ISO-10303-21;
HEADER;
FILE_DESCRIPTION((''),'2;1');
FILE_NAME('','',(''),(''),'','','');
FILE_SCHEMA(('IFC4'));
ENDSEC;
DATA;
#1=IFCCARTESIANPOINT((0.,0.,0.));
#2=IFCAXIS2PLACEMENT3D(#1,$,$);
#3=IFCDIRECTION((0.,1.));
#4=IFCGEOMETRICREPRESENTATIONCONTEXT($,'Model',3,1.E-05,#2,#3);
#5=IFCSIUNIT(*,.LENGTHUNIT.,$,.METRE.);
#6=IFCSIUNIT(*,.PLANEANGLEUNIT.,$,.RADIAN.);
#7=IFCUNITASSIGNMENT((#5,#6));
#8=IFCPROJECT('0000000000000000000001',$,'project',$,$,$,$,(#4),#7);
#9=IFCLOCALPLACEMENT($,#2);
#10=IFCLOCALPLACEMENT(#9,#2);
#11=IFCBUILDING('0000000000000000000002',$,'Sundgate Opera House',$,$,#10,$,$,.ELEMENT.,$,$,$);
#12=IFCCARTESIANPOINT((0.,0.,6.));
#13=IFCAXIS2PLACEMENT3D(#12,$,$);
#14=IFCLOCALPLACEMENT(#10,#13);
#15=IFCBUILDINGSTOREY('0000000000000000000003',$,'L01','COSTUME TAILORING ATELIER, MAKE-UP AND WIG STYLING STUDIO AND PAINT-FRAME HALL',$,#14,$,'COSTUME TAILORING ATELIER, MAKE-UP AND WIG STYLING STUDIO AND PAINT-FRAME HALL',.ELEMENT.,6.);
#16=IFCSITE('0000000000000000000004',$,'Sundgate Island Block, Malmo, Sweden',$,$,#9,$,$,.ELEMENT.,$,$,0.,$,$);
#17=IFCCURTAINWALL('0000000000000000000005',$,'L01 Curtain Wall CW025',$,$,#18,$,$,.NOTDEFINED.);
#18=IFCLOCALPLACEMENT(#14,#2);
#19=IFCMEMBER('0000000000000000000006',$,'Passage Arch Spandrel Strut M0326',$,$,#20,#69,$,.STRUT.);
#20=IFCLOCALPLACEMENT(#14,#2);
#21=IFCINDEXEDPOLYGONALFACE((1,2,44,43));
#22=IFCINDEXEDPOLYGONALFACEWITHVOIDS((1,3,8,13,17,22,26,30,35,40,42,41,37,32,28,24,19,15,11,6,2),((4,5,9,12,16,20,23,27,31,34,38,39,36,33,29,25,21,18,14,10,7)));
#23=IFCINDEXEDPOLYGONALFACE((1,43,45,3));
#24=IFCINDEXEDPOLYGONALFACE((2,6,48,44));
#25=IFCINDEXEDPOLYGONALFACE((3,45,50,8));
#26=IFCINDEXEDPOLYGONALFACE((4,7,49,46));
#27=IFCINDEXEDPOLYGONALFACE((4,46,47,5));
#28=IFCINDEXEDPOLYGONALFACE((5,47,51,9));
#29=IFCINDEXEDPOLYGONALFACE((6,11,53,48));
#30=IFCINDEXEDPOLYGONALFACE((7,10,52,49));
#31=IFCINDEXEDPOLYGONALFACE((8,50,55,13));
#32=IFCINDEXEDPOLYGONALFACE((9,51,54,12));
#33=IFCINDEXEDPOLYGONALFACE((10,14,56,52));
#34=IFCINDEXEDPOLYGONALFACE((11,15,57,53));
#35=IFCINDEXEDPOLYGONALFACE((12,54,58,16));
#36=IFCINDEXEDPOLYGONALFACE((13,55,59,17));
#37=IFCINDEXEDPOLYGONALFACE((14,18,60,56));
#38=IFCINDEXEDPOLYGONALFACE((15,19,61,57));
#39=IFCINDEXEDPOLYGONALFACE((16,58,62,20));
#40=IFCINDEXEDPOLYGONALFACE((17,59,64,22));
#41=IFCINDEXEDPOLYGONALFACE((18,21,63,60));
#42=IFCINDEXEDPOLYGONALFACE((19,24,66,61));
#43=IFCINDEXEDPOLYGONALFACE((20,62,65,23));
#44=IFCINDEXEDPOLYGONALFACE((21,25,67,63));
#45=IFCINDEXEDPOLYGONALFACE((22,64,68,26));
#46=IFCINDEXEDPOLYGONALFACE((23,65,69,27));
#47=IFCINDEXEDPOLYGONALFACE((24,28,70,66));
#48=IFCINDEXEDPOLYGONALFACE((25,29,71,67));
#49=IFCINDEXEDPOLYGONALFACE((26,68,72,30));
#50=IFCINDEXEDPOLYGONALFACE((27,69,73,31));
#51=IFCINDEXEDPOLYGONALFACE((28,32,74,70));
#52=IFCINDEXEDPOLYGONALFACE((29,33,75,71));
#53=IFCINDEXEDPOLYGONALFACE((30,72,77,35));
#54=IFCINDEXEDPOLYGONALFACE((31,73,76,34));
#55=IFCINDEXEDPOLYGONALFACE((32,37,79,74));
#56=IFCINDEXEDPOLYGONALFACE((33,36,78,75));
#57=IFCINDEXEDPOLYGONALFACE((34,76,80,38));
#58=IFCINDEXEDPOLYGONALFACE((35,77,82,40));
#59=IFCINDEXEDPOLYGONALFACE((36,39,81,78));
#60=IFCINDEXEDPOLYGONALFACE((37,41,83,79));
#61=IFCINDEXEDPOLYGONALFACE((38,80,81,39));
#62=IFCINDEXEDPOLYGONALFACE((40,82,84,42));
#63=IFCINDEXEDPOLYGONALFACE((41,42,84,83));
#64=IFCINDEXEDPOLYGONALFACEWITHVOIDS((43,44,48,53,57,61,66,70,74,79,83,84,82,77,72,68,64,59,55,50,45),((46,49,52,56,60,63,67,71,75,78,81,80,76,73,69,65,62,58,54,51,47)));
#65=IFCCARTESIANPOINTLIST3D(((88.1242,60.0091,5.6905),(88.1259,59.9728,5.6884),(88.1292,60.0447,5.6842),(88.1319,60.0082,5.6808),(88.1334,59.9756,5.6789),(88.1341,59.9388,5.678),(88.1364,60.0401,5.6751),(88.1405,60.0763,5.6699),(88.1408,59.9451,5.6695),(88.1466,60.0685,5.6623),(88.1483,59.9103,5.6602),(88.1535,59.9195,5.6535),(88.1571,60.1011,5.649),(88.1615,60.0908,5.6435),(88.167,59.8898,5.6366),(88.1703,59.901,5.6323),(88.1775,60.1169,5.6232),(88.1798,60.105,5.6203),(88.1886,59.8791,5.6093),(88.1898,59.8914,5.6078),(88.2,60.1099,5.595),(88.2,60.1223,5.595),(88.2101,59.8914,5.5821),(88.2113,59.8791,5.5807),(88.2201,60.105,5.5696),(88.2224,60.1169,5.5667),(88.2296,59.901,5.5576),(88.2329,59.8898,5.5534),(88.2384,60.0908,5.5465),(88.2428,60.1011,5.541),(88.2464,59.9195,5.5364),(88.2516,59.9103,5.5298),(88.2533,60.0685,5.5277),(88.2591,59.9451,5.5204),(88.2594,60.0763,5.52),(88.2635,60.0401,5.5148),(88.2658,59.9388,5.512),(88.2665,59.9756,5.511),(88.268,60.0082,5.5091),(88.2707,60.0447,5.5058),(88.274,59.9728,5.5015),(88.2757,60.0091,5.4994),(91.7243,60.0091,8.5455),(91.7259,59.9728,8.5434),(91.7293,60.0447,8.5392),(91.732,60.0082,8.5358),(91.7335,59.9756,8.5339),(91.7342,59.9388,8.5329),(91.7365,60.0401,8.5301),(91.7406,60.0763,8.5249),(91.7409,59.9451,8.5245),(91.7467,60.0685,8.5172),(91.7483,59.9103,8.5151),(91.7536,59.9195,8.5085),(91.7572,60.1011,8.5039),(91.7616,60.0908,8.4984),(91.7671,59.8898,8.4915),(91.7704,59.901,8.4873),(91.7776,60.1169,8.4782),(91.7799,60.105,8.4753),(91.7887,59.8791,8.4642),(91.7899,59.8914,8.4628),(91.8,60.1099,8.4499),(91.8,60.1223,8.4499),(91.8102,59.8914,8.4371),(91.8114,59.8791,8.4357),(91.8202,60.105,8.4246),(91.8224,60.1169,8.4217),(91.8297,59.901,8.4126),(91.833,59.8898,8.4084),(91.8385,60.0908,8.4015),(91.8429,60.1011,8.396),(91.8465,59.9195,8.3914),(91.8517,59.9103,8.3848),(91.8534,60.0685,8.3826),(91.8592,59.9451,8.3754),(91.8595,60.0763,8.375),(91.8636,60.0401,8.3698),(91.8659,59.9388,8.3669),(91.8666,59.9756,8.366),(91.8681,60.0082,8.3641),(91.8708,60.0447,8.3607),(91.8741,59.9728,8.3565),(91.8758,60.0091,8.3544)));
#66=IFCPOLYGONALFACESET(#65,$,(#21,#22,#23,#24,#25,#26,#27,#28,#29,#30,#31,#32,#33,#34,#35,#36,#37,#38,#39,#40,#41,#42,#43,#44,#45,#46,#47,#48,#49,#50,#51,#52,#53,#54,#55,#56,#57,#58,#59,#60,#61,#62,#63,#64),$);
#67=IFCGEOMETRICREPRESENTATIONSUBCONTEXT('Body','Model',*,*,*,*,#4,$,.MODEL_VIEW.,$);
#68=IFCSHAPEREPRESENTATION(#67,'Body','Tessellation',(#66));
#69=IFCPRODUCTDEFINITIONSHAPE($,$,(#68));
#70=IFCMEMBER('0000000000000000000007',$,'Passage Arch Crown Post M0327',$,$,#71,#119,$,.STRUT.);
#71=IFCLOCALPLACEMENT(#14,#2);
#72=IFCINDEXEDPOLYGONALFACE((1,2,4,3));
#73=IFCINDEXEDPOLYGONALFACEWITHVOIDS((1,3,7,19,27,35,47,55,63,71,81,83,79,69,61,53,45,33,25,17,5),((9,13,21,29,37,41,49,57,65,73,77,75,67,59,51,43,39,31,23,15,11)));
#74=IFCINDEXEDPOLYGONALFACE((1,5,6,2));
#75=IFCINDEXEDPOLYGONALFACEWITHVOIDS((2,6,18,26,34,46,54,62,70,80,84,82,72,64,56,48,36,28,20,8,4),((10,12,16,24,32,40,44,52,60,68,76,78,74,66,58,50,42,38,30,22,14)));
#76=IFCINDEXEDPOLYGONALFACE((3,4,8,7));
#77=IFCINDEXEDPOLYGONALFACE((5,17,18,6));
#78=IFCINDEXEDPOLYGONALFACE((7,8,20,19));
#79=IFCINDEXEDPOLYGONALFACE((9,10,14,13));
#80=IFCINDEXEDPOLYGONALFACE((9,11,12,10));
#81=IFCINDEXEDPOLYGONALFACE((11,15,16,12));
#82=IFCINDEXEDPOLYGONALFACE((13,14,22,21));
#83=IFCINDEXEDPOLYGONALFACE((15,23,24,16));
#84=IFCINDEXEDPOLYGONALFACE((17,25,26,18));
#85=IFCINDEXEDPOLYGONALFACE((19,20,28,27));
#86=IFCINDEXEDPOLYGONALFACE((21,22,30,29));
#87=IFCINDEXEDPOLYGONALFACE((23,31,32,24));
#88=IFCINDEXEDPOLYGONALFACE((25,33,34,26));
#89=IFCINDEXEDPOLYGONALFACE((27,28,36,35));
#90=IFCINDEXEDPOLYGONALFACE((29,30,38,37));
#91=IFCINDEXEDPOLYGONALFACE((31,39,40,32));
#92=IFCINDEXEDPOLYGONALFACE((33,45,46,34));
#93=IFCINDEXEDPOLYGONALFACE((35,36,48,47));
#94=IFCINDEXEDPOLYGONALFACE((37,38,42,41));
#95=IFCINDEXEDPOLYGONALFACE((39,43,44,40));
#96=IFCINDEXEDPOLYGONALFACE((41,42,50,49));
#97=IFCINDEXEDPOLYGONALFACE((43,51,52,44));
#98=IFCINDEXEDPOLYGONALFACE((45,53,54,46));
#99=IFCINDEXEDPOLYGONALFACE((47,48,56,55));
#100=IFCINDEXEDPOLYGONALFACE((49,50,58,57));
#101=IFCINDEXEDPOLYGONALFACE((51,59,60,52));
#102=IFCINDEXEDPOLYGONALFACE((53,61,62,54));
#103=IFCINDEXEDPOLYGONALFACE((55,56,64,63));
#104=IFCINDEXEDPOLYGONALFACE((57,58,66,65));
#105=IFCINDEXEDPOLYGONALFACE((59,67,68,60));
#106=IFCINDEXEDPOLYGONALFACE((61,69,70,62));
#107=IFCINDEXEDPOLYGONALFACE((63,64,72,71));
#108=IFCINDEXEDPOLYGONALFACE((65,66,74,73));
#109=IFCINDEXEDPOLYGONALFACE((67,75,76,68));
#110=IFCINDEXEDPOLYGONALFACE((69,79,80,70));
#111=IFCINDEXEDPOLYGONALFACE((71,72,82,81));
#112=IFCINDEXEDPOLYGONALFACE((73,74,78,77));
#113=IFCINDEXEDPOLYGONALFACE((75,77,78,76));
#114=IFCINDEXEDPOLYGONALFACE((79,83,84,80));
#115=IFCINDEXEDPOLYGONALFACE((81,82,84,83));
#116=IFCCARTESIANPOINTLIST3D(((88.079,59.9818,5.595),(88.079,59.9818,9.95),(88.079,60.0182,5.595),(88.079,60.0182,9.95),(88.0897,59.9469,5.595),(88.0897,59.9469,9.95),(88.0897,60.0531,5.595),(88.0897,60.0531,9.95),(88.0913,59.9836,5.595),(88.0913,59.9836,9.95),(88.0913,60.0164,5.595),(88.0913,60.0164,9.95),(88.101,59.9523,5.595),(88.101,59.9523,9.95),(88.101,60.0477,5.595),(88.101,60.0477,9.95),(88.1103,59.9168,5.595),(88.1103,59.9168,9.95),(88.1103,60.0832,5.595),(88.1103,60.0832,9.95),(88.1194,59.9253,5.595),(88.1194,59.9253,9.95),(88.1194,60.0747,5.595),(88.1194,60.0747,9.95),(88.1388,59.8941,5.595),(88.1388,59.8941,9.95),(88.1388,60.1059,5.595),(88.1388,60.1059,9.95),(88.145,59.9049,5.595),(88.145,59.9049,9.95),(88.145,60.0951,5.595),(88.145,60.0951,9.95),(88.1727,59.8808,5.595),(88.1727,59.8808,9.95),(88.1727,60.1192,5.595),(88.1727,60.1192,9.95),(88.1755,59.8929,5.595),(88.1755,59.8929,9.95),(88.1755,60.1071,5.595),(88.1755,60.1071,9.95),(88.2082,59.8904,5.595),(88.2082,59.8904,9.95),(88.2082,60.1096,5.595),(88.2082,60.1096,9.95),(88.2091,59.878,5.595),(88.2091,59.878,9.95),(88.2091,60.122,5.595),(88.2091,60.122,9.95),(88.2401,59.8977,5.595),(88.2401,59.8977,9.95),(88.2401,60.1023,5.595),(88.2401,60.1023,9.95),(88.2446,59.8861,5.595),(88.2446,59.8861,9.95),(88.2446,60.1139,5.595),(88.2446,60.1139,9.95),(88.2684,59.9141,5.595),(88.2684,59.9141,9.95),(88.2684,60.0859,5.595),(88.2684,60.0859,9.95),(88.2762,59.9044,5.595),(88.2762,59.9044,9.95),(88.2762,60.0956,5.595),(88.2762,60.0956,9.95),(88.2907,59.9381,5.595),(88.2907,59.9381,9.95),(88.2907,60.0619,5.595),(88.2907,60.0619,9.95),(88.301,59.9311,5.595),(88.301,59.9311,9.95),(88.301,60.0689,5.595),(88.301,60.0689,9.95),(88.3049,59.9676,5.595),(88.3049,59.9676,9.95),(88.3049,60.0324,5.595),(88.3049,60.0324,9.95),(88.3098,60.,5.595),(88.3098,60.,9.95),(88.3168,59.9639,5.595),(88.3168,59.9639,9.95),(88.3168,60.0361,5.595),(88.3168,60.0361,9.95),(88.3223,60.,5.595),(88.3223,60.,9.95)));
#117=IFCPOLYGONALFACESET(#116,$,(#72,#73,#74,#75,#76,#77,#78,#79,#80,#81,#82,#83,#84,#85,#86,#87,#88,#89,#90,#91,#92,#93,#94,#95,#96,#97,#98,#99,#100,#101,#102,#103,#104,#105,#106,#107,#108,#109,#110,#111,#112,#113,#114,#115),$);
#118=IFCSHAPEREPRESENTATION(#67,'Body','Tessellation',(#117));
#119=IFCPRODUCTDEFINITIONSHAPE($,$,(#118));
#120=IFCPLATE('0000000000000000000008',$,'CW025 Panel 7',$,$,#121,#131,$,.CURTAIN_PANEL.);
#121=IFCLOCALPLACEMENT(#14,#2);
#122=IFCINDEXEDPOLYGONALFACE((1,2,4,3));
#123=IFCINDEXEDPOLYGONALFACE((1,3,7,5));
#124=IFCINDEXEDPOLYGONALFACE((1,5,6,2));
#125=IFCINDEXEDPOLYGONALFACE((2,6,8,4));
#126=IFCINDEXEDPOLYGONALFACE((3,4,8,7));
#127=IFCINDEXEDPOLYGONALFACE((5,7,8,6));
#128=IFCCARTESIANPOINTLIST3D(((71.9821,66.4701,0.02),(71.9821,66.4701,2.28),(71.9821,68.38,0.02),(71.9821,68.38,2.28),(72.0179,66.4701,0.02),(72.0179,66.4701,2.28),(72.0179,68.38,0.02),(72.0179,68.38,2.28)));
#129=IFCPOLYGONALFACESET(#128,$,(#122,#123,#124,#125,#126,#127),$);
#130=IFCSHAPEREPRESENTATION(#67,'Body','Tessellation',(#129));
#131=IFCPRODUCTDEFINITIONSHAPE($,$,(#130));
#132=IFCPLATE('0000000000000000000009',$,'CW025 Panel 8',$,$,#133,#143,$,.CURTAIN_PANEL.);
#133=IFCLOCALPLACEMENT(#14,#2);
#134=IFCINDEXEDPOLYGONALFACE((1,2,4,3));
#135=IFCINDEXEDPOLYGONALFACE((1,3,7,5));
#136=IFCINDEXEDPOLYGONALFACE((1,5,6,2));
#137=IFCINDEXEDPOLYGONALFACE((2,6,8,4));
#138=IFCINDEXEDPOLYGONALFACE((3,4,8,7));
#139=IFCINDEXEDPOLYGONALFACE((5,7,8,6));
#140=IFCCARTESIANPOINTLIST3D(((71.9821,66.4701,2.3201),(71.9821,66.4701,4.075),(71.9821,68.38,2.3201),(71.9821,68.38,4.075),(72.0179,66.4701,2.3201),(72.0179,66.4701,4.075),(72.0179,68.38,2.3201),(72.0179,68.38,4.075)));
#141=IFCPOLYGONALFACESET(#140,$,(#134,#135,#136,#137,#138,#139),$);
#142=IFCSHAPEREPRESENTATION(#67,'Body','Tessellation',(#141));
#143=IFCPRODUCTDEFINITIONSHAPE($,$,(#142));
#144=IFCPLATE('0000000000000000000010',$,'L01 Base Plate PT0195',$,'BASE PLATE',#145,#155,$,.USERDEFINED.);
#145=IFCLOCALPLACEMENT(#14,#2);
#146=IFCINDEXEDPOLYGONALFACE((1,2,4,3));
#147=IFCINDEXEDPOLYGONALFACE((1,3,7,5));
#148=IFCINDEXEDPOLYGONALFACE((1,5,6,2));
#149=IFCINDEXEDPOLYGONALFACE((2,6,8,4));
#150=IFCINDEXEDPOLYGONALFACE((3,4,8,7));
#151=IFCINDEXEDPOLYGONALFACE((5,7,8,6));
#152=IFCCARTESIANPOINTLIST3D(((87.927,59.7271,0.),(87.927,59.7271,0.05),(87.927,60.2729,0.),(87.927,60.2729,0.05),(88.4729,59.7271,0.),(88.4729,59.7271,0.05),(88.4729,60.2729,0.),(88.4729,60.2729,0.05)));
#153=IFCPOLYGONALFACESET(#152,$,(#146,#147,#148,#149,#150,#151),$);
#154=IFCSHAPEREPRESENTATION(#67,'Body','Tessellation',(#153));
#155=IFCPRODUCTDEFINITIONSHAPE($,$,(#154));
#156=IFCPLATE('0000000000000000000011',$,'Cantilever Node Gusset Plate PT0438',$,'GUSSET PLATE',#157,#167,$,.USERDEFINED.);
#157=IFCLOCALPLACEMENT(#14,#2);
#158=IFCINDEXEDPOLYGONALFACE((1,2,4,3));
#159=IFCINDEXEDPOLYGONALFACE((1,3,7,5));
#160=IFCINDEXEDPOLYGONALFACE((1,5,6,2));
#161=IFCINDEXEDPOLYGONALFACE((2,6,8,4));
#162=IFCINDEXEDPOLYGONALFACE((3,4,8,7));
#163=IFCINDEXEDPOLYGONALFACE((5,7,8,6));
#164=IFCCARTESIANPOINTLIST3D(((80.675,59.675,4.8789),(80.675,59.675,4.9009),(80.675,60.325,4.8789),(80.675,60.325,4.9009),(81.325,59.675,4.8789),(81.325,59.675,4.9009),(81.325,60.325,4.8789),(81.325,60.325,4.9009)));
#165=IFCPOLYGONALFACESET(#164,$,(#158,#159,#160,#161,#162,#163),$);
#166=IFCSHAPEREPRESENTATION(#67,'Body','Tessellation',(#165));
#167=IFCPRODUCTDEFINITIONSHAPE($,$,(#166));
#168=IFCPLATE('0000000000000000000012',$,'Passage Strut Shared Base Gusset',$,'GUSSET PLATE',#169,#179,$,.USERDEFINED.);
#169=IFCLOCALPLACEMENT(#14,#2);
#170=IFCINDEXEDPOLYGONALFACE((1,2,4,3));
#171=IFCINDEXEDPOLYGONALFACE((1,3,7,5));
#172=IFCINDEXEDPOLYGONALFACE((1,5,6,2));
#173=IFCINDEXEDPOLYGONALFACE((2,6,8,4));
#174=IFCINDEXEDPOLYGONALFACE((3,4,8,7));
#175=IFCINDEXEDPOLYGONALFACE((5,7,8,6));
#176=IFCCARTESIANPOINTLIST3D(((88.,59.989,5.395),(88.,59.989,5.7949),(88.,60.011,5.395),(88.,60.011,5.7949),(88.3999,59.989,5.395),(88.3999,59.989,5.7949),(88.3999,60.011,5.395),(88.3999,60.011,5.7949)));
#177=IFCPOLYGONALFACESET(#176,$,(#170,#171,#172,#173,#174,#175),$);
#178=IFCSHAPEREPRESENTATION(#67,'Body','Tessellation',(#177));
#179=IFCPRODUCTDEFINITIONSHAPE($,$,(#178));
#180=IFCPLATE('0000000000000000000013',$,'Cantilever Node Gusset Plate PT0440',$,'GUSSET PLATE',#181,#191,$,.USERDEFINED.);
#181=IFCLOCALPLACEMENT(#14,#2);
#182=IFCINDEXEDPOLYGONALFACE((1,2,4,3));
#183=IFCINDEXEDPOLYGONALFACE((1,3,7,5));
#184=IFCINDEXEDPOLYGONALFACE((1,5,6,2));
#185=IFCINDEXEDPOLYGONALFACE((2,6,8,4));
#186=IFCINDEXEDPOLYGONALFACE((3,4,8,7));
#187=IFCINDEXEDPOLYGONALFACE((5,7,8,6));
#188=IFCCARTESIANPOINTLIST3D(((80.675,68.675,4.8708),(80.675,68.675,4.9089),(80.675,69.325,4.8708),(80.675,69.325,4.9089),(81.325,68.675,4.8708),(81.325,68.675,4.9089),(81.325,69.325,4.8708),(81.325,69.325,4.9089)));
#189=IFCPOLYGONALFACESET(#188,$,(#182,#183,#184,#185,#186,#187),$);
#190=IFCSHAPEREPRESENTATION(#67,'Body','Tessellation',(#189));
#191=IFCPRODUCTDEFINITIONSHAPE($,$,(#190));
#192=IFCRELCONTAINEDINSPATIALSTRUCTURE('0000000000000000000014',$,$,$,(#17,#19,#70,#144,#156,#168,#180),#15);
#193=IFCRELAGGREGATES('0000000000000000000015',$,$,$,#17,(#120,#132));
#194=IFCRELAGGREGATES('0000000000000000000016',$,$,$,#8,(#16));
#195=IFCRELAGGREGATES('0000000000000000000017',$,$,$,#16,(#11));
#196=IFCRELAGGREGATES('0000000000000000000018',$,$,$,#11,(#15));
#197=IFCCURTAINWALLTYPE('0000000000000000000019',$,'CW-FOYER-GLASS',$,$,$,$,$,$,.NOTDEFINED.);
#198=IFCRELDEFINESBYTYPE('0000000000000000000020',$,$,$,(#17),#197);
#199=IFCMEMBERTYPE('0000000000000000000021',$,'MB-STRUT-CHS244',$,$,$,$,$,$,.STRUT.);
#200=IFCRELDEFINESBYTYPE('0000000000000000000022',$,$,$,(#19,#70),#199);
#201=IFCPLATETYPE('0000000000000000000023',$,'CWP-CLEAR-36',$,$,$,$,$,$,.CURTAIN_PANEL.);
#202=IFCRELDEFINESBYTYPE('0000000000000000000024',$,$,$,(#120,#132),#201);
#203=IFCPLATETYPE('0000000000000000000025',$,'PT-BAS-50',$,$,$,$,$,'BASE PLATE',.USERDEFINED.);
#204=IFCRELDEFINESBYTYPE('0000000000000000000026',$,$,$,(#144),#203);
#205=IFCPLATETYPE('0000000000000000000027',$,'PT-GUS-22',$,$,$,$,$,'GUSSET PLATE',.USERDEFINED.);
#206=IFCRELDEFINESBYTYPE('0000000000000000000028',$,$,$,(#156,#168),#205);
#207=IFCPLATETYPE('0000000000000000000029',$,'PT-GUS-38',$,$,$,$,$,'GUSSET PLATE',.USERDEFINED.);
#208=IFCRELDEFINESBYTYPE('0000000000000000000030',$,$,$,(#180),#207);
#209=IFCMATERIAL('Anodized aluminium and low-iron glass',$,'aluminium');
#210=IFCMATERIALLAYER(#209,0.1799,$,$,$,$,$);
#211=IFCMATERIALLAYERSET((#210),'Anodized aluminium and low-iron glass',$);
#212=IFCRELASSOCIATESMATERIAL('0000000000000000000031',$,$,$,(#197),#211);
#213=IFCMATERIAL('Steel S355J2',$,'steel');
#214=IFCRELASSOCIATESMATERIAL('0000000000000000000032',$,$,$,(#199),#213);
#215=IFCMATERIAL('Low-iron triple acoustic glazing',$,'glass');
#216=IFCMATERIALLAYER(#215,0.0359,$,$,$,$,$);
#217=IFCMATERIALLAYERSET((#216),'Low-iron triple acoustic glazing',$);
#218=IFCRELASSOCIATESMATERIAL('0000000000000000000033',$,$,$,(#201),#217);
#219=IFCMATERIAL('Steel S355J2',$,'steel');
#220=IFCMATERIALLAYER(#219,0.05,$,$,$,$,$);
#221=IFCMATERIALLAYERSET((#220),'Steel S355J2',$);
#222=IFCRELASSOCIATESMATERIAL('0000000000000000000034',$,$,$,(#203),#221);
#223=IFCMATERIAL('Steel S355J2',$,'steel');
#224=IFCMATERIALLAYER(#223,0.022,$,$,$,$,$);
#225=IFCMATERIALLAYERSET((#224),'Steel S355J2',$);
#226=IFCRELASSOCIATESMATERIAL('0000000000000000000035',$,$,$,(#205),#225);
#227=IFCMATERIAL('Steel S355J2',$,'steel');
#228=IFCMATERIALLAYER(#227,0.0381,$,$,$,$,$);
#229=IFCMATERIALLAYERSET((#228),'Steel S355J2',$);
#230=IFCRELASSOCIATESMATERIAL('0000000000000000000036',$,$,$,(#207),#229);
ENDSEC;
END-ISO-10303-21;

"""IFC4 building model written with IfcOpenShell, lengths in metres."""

from ifc_helpers import new_model, si_unit, direction, frame, origin, origin_2d, place, context, subcontext, project, spatial, rectangle, hollow_circle, extrude, material, layer, layer_set, material_profile, profile_set, type_object, element, aggregate, save


model = new_model("IFC4")

# Units and contexts
model_context = context("Model", 3, precision=1e-05, world=origin(), true_north=direction((0.0, 1.0)))
body_context = subcontext(model_context, "Body", "Model", "MODEL_VIEW")
ifc_project = project(units=[si_unit("LENGTHUNIT", "METRE"), si_unit("PLANEANGLEUNIT", "RADIAN")], contexts=[model_context])

# Site, building, storey
site_placement = place(None, origin())
site = spatial("IfcSite", under=ifc_project, at=site_placement, Name="Sundgate Island Block, Malmo, Sweden", CompositionType="ELEMENT", RefElevation=0.0)
building_placement = place(site_placement, origin())
building = spatial("IfcBuilding", under=site, at=building_placement, Name="Sundgate Opera House", CompositionType="ELEMENT")
storey_placement = place(building_placement, frame((0.0, 0.0, 6.0)))
storey = spatial("IfcBuildingStorey", under=building, at=storey_placement, Name="L01", Description="COSTUME TAILORING ATELIER, MAKE-UP AND WIG STYLING STUDIO AND PAINT-FRAME HALL", LongName="COSTUME TAILORING ATELIER, MAKE-UP AND WIG STYLING STUDIO AND PAINT-FRAME HALL", CompositionType="ELEMENT", Elevation=6.0)

# Curtain wall
ifc_material_1 = material(Name="Anodized aluminium and low-iron glass", Category="aluminium")
ifc_layer_1 = layer(ifc_material_1, 0.1799)
ifc_layer_set_1 = layer_set([ifc_layer_1], Name="Anodized aluminium and low-iron glass")
curtain_wall_type = type_object("IfcCurtainWallType", Name="CW-FOYER-GLASS", PredefinedType="NOTDEFINED", material=ifc_layer_set_1)
curtain_wall_1_placement = place(storey_placement, origin())
curtain_wall_1 = element("IfcCurtainWall", 1, at=curtain_wall_1_placement, inside=storey, type_object=curtain_wall_type, Name="L01 Curtain Wall CW025", PredefinedType="NOTDEFINED")

# Members
ifc_material_2 = material(Name="Steel S355J2", Category="steel")
ifc_material_profile_1 = material_profile(ifc_material_2, hollow_circle(Radius=0.1223, WallThickness=0.0125, at=origin_2d()), Name="CHS 244.5x12.5")
ifc_profile_set_1 = profile_set([ifc_material_profile_1], Name="Steel S355J2")
member_type_1 = type_object("IfcMemberType", Name="MB-STRUT-CHS244", PredefinedType="STRUT", material=ifc_profile_set_1)
member_1_placement = place(storey_placement, frame((88.2, 60.0, 5.595), z_axis=(0.783526, 0.0, 0.621359), x_axis=(0.0, 1.0, 0.0)))
element("IfcMember", 2, at=member_1_placement, inside=storey, type_object=member_type_1, Name="Passage Arch Spandrel Strut M0326", PredefinedType="STRUT", context=body_context, shape_type="SweptSolid", body=[
    extrude(hollow_circle(Radius=0.1223, WallThickness=0.0125, at=origin_2d()), origin(), (0.0, 0.0, 1.0), 4.5947),
])
member_2_placement = place(storey_placement, frame((88.2, 60.0, 5.595), z_axis=(0.0, 0.0, 1.0), x_axis=(1.0, 0.0, 0.0)))
element("IfcMember", 3, at=member_2_placement, inside=storey, type_object=member_type_1, Name="Passage Arch Crown Post M0327", PredefinedType="STRUT", context=body_context, shape_type="SweptSolid", body=[
    extrude(hollow_circle(Radius=0.1223, WallThickness=0.0125, at=origin_2d()), origin(), (0.0, 0.0, 1.0), 4.355),
])

# Plates
ifc_material_3 = material(Name="Low-iron triple acoustic glazing", Category="glass")
ifc_layer_2 = layer(ifc_material_3, 0.0359)
ifc_layer_set_2 = layer_set([ifc_layer_2], Name="Low-iron triple acoustic glazing")
plate_type_1 = type_object("IfcPlateType", Name="CWP-CLEAR-36", PredefinedType="CURTAIN_PANEL", material=ifc_layer_set_2)
plate_1_placement = place(storey_placement, frame((72.0, 67.425, 0.02), z_axis=(0.0, 0.0, 1.0), x_axis=(0.0, 1.0, 0.0)))
plate_1 = element("IfcPlate", 4, at=plate_1_placement, type_object=plate_type_1, Name="CW025 Panel 7", PredefinedType="CURTAIN_PANEL", context=body_context, shape_type="SweptSolid", body=[
    extrude(rectangle(XDim=1.9099, YDim=0.0359, at=origin_2d()), origin(), (0.0, 0.0, 1.0), 2.26),
])
plate_2_placement = place(storey_placement, frame((72.0, 67.425, 2.3201), z_axis=(0.0, 0.0, 1.0), x_axis=(0.0, 1.0, 0.0)))
plate_2 = element("IfcPlate", 5, at=plate_2_placement, type_object=plate_type_1, Name="CW025 Panel 8", PredefinedType="CURTAIN_PANEL", context=body_context, shape_type="SweptSolid", body=[
    extrude(rectangle(XDim=1.9099, YDim=0.0359, at=origin_2d()), origin(), (0.0, 0.0, 1.0), 1.7549),
])
aggregate(curtain_wall_1, [plate_1, plate_2])

# Plates
ifc_material_4 = material(Name="Steel S355J2", Category="steel")
ifc_layer_3 = layer(ifc_material_4, 0.05)
ifc_layer_set_3 = layer_set([ifc_layer_3], Name="Steel S355J2")
plate_type_2 = type_object("IfcPlateType", Name="PT-BAS-50", ElementType="BASE PLATE", PredefinedType="USERDEFINED", material=ifc_layer_set_3)
plate_3_placement = place(storey_placement, frame((88.2, 60.0, 0.0), z_axis=(0.0, 0.0, 1.0), x_axis=(1.0, 0.0, 0.0)))
element("IfcPlate", 6, at=plate_3_placement, inside=storey, type_object=plate_type_2, Name="L01 Base Plate PT0195", ObjectType="BASE PLATE", PredefinedType="USERDEFINED", context=body_context, shape_type="SweptSolid", body=[
    extrude(rectangle(XDim=0.5459, YDim=0.5459, at=origin_2d()), origin(), (0.0, 0.0, 1.0), 0.05),
])
ifc_material_5 = material(Name="Steel S355J2", Category="steel")
ifc_layer_4 = layer(ifc_material_5, 0.022)
ifc_layer_set_4 = layer_set([ifc_layer_4], Name="Steel S355J2")
plate_type_3 = type_object("IfcPlateType", Name="PT-GUS-22", ElementType="GUSSET PLATE", PredefinedType="USERDEFINED", material=ifc_layer_set_4)
plate_4_placement = place(storey_placement, frame((81.0, 60.0, 4.8789), z_axis=(0.0, 0.0, 1.0), x_axis=(1.0, 0.0, 0.0)))
element("IfcPlate", 7, at=plate_4_placement, inside=storey, type_object=plate_type_3, Name="Cantilever Node Gusset Plate PT0438", ObjectType="GUSSET PLATE", PredefinedType="USERDEFINED", context=body_context, shape_type="SweptSolid", body=[
    extrude(rectangle(XDim=0.6499, YDim=0.6499, at=origin_2d()), origin(), (0.0, 0.0, 1.0), 0.022),
])
plate_5_placement = place(storey_placement, frame((88.2, 60.0, 5.395), z_axis=(0.0, 0.0, 1.0), x_axis=(1.0, 0.0, 0.0)))
element("IfcPlate", 8, at=plate_5_placement, inside=storey, type_object=plate_type_3, Name="Passage Strut Shared Base Gusset", ObjectType="GUSSET PLATE", PredefinedType="USERDEFINED", context=body_context, shape_type="SweptSolid", body=[
    extrude(rectangle(XDim=0.3999, YDim=0.022, at=origin_2d()), origin(), (0.0, 0.0, 1.0), 0.3999),
])
ifc_material_6 = material(Name="Steel S355J2", Category="steel")
ifc_layer_5 = layer(ifc_material_6, 0.0381)
ifc_layer_set_5 = layer_set([ifc_layer_5], Name="Steel S355J2")
plate_type_4 = type_object("IfcPlateType", Name="PT-GUS-38", ElementType="GUSSET PLATE", PredefinedType="USERDEFINED", material=ifc_layer_set_5)
plate_6_placement = place(storey_placement, frame((81.0, 69.0, 4.8708), z_axis=(0.0, 0.0, 1.0), x_axis=(1.0, 0.0, 0.0)))
element("IfcPlate", 9, at=plate_6_placement, inside=storey, type_object=plate_type_4, Name="Cantilever Node Gusset Plate PT0440", ObjectType="GUSSET PLATE", PredefinedType="USERDEFINED", context=body_context, shape_type="SweptSolid", body=[
    extrude(rectangle(XDim=0.6499, YDim=0.6499, at=origin_2d()), origin(), (0.0, 0.0, 1.0), 0.0381),
])

save(model, "model.ifc")
